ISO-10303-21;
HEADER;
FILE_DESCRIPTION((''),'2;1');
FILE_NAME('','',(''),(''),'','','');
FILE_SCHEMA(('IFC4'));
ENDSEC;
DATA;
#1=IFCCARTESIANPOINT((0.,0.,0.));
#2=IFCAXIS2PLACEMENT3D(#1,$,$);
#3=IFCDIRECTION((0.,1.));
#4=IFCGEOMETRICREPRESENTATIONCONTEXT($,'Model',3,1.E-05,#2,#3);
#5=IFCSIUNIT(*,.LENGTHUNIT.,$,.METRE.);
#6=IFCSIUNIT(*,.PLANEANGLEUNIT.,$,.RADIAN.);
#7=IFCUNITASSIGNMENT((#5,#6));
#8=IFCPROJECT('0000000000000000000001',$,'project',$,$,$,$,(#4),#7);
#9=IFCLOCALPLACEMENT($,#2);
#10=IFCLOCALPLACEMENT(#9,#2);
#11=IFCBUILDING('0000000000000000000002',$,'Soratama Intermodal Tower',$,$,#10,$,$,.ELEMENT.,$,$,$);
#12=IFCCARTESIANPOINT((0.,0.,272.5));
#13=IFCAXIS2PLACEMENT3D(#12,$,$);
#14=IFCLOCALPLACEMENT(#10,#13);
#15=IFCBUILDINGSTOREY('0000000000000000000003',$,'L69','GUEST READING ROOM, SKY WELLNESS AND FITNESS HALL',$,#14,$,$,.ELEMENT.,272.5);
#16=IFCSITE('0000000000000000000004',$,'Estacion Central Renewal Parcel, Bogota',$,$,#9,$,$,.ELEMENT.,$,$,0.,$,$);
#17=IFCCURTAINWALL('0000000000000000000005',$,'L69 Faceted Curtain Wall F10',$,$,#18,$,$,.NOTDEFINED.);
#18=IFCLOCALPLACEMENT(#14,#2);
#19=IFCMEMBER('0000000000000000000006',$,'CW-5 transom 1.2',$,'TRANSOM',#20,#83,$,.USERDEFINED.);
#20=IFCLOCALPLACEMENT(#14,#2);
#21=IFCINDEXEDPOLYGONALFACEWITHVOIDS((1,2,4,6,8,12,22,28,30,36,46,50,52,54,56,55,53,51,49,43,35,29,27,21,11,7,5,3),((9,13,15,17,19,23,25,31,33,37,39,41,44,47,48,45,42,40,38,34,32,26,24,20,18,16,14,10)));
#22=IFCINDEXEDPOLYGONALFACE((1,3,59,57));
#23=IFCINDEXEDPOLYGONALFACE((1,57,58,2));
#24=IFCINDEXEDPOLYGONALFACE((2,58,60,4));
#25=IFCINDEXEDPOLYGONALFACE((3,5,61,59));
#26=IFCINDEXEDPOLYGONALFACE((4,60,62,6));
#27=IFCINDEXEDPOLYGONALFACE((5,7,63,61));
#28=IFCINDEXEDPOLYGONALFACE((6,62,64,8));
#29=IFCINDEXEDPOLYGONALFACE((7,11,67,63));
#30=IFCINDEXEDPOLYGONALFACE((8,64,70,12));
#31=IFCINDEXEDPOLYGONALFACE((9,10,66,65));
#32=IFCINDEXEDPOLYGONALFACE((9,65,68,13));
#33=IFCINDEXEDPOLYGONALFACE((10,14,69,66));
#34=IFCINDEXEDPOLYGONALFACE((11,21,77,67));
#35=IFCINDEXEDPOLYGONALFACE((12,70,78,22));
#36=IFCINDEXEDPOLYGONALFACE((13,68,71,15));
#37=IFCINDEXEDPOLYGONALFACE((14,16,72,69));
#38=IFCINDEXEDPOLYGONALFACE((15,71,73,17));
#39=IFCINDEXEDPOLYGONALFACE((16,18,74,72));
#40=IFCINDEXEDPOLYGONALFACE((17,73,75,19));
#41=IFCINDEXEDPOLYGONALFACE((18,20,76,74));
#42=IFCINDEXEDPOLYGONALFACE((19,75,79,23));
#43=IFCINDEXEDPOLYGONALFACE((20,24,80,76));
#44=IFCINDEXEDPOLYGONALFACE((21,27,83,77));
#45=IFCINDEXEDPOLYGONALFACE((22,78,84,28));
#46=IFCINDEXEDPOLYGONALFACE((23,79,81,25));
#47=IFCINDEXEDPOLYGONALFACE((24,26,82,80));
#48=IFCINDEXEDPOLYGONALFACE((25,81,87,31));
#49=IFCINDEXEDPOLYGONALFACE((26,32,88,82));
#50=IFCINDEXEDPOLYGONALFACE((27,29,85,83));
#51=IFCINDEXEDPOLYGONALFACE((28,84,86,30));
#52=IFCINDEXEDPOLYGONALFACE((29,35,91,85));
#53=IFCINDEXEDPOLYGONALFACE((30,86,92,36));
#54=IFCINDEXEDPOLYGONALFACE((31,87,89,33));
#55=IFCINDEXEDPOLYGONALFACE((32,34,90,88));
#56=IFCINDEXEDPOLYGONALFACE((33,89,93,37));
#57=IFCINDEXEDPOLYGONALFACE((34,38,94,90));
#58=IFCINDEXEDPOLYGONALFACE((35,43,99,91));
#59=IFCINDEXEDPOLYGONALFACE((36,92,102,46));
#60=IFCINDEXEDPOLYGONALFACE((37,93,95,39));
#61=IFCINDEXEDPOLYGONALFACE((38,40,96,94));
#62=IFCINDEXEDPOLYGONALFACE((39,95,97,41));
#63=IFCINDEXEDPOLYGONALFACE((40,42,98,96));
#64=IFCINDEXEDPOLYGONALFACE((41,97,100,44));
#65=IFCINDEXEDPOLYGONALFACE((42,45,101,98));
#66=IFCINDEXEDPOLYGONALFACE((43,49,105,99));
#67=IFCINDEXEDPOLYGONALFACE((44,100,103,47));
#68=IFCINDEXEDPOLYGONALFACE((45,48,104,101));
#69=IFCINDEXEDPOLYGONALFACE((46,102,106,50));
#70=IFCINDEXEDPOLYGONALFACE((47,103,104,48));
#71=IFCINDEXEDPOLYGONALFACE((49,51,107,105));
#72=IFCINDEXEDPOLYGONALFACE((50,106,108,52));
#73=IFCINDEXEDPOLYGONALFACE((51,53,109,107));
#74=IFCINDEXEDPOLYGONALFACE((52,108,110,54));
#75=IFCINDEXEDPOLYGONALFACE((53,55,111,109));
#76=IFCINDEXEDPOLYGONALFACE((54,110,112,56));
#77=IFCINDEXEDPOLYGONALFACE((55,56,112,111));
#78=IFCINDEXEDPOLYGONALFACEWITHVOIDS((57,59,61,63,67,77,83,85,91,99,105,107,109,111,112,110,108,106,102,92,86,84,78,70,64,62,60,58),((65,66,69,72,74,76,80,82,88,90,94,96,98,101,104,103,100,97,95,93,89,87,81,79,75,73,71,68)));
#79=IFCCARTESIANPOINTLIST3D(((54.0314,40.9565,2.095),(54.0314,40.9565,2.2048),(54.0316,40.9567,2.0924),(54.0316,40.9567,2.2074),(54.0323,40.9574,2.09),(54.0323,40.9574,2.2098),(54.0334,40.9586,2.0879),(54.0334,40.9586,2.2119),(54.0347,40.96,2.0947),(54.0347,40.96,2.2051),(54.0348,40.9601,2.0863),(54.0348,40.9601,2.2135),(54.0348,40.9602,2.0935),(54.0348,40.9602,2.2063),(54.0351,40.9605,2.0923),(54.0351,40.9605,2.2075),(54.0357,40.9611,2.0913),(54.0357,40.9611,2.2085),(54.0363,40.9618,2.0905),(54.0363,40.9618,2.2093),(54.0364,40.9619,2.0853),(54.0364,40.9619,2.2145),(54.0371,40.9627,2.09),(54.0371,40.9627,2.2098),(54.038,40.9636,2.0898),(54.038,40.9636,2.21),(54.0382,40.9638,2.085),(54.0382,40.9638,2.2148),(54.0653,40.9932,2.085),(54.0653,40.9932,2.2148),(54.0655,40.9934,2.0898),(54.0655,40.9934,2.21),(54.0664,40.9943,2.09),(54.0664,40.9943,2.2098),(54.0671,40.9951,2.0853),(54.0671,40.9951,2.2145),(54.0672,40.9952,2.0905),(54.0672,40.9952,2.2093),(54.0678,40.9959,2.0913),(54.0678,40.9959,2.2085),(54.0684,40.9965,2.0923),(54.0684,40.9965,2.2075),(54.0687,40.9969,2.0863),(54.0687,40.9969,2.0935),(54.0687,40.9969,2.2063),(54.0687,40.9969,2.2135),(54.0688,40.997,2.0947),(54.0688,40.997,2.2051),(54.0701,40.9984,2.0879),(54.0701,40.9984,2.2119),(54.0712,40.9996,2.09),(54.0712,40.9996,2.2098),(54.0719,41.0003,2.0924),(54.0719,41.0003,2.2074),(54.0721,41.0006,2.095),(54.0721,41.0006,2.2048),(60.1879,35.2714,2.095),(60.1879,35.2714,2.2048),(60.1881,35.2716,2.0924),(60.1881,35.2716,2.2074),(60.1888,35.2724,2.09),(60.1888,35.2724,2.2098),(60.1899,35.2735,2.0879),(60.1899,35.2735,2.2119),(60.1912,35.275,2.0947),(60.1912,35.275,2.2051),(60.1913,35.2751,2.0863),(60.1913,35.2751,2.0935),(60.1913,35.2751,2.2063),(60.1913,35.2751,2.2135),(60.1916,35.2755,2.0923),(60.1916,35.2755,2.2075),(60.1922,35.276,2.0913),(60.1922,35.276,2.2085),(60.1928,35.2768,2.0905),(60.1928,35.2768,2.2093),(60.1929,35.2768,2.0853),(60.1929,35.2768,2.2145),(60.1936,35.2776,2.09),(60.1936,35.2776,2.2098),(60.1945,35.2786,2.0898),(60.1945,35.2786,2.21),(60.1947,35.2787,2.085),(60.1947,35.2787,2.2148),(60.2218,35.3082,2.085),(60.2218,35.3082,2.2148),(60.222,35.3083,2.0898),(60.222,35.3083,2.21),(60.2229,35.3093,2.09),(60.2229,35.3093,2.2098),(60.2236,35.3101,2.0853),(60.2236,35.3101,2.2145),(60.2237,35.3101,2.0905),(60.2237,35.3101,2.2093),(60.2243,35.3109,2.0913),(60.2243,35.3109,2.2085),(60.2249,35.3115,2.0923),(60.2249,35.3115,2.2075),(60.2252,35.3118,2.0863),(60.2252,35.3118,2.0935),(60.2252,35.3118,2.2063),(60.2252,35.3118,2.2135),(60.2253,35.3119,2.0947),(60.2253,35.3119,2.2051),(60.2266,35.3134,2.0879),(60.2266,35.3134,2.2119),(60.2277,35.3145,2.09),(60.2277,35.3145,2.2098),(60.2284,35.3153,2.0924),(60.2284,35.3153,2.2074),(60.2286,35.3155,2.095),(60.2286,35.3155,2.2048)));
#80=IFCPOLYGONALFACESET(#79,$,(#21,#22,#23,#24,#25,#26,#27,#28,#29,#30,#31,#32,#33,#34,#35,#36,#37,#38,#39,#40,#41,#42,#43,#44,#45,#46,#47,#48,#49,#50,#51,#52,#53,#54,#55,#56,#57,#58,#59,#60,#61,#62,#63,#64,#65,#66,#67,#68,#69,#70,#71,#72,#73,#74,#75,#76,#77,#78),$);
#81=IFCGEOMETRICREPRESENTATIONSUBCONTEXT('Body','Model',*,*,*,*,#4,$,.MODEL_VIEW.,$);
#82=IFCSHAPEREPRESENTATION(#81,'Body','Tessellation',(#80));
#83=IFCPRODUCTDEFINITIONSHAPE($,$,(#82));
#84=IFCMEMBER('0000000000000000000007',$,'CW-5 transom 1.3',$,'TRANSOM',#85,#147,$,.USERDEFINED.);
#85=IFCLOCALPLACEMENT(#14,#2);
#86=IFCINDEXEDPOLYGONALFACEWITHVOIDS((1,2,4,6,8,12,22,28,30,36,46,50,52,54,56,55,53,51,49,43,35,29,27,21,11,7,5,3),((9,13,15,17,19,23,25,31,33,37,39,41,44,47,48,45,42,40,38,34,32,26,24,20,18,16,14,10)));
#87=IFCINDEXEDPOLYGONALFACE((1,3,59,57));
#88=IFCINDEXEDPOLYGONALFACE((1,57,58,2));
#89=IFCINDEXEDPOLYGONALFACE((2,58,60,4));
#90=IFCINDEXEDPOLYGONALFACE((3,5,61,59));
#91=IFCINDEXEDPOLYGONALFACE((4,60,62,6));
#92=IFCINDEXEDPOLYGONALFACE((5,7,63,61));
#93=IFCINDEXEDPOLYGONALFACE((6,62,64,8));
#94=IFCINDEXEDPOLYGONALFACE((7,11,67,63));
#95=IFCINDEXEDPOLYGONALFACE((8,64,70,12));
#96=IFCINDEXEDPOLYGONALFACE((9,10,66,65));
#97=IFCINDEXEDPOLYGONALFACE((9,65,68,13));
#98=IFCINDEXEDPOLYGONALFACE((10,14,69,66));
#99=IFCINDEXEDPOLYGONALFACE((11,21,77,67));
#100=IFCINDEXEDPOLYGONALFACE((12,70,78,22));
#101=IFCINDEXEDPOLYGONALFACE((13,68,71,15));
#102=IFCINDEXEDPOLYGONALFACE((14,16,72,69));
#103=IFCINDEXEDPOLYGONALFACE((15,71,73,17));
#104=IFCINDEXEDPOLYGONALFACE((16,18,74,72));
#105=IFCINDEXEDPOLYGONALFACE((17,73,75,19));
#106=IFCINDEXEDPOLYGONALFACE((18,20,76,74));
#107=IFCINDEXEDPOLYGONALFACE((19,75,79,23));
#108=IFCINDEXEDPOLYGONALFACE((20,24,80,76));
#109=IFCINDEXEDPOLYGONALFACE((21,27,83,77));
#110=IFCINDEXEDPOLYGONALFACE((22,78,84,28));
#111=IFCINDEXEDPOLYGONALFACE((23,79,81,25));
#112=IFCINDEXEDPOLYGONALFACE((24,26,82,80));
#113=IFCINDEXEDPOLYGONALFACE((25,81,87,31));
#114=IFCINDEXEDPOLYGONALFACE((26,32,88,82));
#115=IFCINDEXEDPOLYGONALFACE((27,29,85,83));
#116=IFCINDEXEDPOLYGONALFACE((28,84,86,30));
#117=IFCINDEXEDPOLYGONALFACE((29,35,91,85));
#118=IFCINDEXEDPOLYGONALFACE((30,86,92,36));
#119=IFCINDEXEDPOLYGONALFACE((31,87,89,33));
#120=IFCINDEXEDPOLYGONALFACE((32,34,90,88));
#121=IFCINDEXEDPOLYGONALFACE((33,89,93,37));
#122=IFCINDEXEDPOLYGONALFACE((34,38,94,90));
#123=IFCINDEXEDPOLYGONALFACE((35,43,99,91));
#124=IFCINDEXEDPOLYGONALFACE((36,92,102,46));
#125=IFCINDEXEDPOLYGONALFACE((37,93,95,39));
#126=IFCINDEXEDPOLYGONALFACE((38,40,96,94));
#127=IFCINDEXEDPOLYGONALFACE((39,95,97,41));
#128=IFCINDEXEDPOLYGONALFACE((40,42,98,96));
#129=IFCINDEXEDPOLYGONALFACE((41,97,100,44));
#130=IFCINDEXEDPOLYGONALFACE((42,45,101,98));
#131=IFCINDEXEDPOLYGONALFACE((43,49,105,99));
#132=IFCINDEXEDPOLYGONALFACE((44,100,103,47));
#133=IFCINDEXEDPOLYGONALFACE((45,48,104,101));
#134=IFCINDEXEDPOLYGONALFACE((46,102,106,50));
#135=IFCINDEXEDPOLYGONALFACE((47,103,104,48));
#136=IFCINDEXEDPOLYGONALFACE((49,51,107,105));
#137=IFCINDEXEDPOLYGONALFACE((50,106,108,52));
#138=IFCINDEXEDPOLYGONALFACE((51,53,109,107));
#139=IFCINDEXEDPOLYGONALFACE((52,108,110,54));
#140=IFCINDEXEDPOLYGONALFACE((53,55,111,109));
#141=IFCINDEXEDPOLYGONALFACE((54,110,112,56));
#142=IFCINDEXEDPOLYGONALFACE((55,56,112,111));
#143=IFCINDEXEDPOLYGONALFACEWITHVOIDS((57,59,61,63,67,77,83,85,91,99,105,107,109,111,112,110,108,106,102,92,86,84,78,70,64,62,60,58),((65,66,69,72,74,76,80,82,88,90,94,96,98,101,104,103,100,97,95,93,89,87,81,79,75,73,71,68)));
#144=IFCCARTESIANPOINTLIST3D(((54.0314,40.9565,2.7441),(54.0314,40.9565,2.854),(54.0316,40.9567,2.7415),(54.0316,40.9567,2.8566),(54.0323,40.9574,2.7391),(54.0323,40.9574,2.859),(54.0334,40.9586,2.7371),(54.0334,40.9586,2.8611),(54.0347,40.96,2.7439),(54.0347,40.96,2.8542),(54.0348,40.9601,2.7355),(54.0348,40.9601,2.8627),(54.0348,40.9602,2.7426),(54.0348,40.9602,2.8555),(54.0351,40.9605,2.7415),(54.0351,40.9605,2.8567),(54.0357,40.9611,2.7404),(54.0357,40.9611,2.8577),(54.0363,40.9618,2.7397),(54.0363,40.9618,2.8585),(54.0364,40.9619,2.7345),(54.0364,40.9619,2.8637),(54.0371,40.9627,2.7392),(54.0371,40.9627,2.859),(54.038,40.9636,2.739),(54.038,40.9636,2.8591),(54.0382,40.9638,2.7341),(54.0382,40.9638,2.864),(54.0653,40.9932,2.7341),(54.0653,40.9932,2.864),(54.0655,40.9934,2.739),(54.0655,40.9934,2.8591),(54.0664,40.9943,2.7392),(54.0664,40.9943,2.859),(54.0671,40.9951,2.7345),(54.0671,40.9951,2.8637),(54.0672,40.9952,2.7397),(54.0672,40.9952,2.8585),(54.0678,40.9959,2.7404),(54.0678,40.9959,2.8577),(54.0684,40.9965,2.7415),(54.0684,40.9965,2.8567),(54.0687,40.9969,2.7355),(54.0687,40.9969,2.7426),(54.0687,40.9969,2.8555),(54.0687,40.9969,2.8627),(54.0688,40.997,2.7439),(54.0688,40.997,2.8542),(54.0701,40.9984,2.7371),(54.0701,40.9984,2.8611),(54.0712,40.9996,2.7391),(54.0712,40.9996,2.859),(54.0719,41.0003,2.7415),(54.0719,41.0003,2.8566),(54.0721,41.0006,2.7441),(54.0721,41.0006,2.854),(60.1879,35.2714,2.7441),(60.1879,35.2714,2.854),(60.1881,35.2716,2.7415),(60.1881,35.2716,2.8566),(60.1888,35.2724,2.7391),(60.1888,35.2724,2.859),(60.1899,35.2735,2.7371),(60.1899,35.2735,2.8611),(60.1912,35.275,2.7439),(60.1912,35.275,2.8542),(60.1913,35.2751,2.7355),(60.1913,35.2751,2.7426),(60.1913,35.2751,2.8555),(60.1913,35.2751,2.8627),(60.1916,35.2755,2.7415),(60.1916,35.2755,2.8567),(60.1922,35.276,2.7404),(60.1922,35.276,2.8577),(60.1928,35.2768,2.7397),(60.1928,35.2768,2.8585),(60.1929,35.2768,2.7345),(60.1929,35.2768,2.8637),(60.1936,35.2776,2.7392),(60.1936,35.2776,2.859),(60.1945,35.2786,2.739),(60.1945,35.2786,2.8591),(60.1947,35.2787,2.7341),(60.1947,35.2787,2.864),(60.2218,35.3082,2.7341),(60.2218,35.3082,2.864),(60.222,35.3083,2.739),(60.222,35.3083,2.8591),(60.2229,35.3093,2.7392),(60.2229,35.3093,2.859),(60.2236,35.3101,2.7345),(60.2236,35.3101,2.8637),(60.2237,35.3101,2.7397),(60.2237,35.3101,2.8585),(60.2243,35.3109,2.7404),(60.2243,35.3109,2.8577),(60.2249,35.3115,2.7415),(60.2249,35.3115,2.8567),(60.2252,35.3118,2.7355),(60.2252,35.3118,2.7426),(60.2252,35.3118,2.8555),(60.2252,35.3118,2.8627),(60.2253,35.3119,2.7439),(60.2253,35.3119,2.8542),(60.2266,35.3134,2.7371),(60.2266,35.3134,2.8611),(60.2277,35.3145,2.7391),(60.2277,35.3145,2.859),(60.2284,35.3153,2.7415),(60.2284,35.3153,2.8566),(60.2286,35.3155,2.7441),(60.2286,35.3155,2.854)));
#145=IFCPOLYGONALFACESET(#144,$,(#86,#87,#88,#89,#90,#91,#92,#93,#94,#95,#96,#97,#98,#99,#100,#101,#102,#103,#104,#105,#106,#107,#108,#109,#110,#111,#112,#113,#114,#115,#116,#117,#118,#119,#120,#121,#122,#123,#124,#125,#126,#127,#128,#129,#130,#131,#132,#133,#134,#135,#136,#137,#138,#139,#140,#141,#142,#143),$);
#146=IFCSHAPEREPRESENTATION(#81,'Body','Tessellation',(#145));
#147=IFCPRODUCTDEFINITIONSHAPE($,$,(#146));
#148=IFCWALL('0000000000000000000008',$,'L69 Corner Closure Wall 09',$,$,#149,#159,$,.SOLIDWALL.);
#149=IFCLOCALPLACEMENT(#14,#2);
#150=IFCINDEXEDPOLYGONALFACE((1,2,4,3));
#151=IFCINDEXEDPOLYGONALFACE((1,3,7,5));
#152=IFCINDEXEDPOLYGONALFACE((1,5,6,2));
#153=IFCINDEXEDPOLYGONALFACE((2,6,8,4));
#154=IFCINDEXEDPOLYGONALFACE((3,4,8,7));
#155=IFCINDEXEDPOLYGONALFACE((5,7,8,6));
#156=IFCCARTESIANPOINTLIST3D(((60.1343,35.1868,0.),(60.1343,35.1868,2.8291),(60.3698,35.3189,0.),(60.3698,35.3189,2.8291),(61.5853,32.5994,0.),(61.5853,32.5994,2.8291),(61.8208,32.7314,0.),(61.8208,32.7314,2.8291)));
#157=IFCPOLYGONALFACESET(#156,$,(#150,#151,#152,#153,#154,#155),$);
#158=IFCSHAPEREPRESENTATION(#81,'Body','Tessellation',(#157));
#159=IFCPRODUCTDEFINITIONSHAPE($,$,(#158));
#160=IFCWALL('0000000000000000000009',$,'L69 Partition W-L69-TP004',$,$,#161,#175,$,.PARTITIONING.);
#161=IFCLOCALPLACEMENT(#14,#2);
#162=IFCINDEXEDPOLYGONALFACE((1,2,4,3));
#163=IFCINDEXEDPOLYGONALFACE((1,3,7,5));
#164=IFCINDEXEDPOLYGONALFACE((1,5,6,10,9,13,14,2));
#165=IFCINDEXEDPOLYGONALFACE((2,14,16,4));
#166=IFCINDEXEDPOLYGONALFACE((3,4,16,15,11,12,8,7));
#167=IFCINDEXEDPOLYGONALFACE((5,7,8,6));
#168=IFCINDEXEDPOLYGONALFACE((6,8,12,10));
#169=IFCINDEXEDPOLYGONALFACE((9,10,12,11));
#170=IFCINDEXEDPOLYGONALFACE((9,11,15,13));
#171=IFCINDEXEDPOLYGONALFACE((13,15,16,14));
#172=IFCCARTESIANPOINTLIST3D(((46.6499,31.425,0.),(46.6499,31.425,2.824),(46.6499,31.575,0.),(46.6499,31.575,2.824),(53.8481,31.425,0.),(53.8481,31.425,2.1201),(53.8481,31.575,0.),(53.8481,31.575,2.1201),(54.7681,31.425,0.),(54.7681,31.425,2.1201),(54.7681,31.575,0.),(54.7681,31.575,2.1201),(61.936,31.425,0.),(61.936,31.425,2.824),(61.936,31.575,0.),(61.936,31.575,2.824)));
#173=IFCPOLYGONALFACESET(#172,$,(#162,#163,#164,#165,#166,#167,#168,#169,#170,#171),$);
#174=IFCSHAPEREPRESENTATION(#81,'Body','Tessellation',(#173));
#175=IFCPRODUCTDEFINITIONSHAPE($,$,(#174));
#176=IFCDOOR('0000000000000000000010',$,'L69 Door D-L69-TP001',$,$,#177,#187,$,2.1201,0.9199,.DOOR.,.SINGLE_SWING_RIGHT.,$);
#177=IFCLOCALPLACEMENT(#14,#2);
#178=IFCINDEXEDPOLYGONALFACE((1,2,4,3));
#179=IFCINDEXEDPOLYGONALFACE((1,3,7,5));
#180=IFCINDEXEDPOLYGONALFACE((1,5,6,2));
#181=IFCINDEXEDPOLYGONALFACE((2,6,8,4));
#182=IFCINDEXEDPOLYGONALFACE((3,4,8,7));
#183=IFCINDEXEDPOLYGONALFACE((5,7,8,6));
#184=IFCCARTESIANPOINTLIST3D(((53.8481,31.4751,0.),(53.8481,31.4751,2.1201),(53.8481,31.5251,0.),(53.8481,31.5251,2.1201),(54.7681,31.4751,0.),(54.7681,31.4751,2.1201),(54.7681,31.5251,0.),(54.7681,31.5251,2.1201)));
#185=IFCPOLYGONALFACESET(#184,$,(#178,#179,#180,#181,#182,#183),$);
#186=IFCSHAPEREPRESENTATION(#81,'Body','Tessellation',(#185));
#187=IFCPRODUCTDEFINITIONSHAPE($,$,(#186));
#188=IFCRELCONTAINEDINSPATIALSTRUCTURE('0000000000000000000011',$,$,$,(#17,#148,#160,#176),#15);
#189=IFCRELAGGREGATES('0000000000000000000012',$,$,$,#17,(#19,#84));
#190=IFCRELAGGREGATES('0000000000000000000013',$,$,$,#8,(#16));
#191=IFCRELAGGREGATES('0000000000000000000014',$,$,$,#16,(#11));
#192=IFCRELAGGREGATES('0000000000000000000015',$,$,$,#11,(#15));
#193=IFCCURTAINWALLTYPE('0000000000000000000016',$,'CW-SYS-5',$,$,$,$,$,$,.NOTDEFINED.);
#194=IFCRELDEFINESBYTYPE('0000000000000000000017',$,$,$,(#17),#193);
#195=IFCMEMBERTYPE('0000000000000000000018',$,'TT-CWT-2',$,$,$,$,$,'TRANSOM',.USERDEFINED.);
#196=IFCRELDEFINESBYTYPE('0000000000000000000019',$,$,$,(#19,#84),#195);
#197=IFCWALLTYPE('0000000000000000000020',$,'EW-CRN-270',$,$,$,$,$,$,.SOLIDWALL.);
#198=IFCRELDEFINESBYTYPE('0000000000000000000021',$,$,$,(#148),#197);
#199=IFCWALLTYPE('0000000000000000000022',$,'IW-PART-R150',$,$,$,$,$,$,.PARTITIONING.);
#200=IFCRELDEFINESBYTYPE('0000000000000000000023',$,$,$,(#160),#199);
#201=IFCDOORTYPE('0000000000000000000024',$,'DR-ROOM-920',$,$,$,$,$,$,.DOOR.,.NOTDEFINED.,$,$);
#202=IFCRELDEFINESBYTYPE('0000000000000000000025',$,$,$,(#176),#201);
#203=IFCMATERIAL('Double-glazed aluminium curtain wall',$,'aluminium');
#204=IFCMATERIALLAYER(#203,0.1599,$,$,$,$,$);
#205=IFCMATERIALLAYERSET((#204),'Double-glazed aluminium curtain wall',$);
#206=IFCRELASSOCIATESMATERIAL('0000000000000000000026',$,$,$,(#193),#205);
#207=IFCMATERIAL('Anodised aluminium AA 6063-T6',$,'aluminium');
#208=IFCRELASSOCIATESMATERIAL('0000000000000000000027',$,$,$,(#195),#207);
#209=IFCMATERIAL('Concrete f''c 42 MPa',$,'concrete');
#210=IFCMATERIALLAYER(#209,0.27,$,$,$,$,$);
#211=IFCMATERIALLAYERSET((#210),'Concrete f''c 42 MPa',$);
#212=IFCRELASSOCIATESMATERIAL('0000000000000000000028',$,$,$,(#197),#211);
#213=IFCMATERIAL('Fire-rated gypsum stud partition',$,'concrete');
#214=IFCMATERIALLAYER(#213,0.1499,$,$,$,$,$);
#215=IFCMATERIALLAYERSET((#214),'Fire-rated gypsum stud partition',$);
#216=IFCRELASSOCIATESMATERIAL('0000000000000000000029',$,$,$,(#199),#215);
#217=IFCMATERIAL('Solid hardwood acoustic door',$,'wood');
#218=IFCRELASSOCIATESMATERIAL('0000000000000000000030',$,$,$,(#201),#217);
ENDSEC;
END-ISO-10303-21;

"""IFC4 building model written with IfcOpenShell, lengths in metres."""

from ifc_helpers import new_model, si_unit, direction, frame, frame_2d, origin, origin_2d, place, context, subcontext, project, spatial, rectangle, hollow_rectangle, extrude, material, layer, layer_set, material_profile, profile_set, type_object, element, fill, aggregate, save


model = new_model("IFC4")

# Units and contexts
model_context = context("Model", 3, precision=1e-05, world=origin(), true_north=direction((0.0, 1.0)))
body_context = subcontext(model_context, "Body", "Model", "MODEL_VIEW")
ifc_project = project(units=[si_unit("LENGTHUNIT", "METRE"), si_unit("PLANEANGLEUNIT", "RADIAN")], contexts=[model_context])

# Site, building, storey
site_placement = place(None, origin())
site = spatial("IfcSite", under=ifc_project, at=site_placement, Name="Estacion Central Renewal Parcel, Bogota", CompositionType="ELEMENT", RefElevation=0.0)
building_placement = place(site_placement, origin())
building = spatial("IfcBuilding", under=site, at=building_placement, Name="Soratama Intermodal Tower", CompositionType="ELEMENT")
storey_placement = place(building_placement, frame((0.0, 0.0, 272.5)))
storey = spatial("IfcBuildingStorey", under=building, at=storey_placement, Name="L69", Description="GUEST READING ROOM, SKY WELLNESS AND FITNESS HALL", CompositionType="ELEMENT", Elevation=272.5)

# Curtain wall, members
ifc_material_1 = material(Name="Double-glazed aluminium curtain wall", Category="aluminium")
ifc_layer_1 = layer(ifc_material_1, 0.1599)
ifc_layer_set_1 = layer_set([ifc_layer_1], Name="Double-glazed aluminium curtain wall")
curtain_wall_type = type_object("IfcCurtainWallType", Name="CW-SYS-5", PredefinedType="NOTDEFINED", material=ifc_layer_set_1)
curtain_wall_placement = place(storey_placement, origin())
curtain_wall = element("IfcCurtainWall", 1, at=curtain_wall_placement, inside=storey, type_object=curtain_wall_type, Name="L69 Faceted Curtain Wall F10", PredefinedType="NOTDEFINED")
ifc_material_2 = material(Name="Anodised aluminium AA 6063-T6", Category="aluminium")
ifc_material_profile_1 = material_profile(ifc_material_2, hollow_rectangle(XDim=0.0601, YDim=0.1299, WallThickness=0.0049, InnerFilletRadius=0.0049, OuterFilletRadius=0.01, at=origin_2d()), Name="CWT130X60X5")
ifc_profile_set_1 = profile_set([ifc_material_profile_1], Name="Anodised aluminium AA 6063-T6")
member_type_1 = type_object("IfcMemberType", Name="TT-CWT-2", ElementType="TRANSOM", PredefinedType="USERDEFINED", material=ifc_profile_set_1)
member_1_placement = place(storey_placement, frame((60.2083, 35.2935, 2.1499), z_axis=(-0.734676, 0.678418, 0.0), x_axis=(-0.678418, -0.734676, 0.0)))
member_1 = element("IfcMember", 2, at=member_1_placement, type_object=member_type_1, Name="CW-5 transom 1.2", ObjectType="TRANSOM", PredefinedType="USERDEFINED", context=body_context, shape_type="SweptSolid", body=[
    extrude(hollow_rectangle(XDim=0.0601, YDim=0.1299, WallThickness=0.0049, InnerFilletRadius=0.0049, OuterFilletRadius=0.01, at=origin_2d()), origin(), (0.0, 0.0, 1.0), 8.3799),
])
member_2_placement = place(storey_placement, frame((60.2083, 35.2935, 2.7991), z_axis=(-0.734676, 0.678418, 0.0), x_axis=(-0.678418, -0.734676, 0.0)))
member_2 = element("IfcMember", 3, at=member_2_placement, type_object=member_type_1, Name="CW-5 transom 1.3", ObjectType="TRANSOM", PredefinedType="USERDEFINED", context=body_context, shape_type="SweptSolid", body=[
    extrude(hollow_rectangle(XDim=0.0601, YDim=0.1299, WallThickness=0.0049, InnerFilletRadius=0.0049, OuterFilletRadius=0.01, at=origin_2d()), origin(), (0.0, 0.0, 1.0), 8.3799),
])
aggregate(curtain_wall, [member_1, member_2])

# Wall
ifc_material_3 = material(Name="Concrete f'c 42 MPa", Category="concrete")
ifc_layer_2 = layer(ifc_material_3, 0.27)
ifc_layer_set_2 = layer_set([ifc_layer_2], Name="Concrete f'c 42 MPa")
wall_type_1 = type_object("IfcWallType", Name="EW-CRN-270", PredefinedType="SOLIDWALL", material=ifc_layer_set_2)
wall_1_placement = place(storey_placement, frame((61.7031, 32.6653, 0.0), z_axis=(0.0, 0.0, 1.0), x_axis=(-0.489112, 0.872221, 0.0)))
element("IfcWall", 4, at=wall_1_placement, inside=storey, type_object=wall_type_1, Name="L69 Corner Closure Wall 09", PredefinedType="SOLIDWALL", context=body_context, shape_type="SweptSolid", body=[
    extrude(rectangle(XDim=2.9666, YDim=0.27, at=frame_2d((1.4834, 0.0))), origin(), (0.0, 0.0, 1.0), 2.8291),
])

# Wall, opening, door
ifc_material_4 = material(Name="Fire-rated gypsum stud partition", Category="concrete")
ifc_layer_3 = layer(ifc_material_4, 0.1499)
ifc_layer_set_3 = layer_set([ifc_layer_3], Name="Fire-rated gypsum stud partition")
wall_type_2 = type_object("IfcWallType", Name="IW-PART-R150", PredefinedType="PARTITIONING", material=ifc_layer_set_3)
wall_2_placement = place(storey_placement, frame((61.936, 31.5, 0.0), z_axis=(0.0, 0.0, 1.0), x_axis=(-1.0, 0.0, 0.0)))
wall_2 = element("IfcWall", 5, at=wall_2_placement, inside=storey, type_object=wall_type_2, Name="L69 Partition W-L69-TP004", PredefinedType="PARTITIONING", context=body_context, shape_type="SweptSolid", body=[
    extrude(rectangle(XDim=15.2861, YDim=0.1499, at=frame_2d((7.6431, 0.0))), origin(), (0.0, 0.0, 1.0), 2.824),
])
opening_1_placement = place(wall_2_placement, frame((7.168, 0.0, 0.0)))
opening_1 = element("IfcOpeningElement", 6, at=opening_1_placement, cuts=wall_2, PredefinedType="OPENING", context=body_context, shape_type="SweptSolid", body=[
    extrude(rectangle(XDim=0.9199, YDim=2.1201, at=frame_2d((0.46, 1.0601))), frame((0.0, 0.085, 0.0), z_axis=(0.0, -1.0, 0.0), x_axis=(1.0, 0.0, 0.0)), (0.0, 0.0, 1.0), 0.1699),
])
ifc_material_5 = material(Name="Solid hardwood acoustic door", Category="wood")
door_type = type_object("IfcDoorType", Name="DR-ROOM-920", OperationType="NOTDEFINED", PredefinedType="DOOR", material=ifc_material_5)
door_1_placement = place(opening_1_placement, origin())
door_1 = element("IfcDoor", 7, at=door_1_placement, inside=storey, type_object=door_type, Name="L69 Door D-L69-TP001", OperationType="SINGLE_SWING_RIGHT", OverallHeight=2.1201, OverallWidth=0.9199, PredefinedType="DOOR", context=body_context, shape_type="SweptSolid", body=[
    extrude(rectangle(XDim=0.9199, YDim=2.1201, at=frame_2d((0.46, 1.0601))), frame((0.0, 0.0249, 0.0), z_axis=(0.0, -1.0, 0.0), x_axis=(1.0, 0.0, 0.0)), (0.0, 0.0, 1.0), 0.05),
])
fill(opening_1, door_1)

save(model, "model.ifc")
